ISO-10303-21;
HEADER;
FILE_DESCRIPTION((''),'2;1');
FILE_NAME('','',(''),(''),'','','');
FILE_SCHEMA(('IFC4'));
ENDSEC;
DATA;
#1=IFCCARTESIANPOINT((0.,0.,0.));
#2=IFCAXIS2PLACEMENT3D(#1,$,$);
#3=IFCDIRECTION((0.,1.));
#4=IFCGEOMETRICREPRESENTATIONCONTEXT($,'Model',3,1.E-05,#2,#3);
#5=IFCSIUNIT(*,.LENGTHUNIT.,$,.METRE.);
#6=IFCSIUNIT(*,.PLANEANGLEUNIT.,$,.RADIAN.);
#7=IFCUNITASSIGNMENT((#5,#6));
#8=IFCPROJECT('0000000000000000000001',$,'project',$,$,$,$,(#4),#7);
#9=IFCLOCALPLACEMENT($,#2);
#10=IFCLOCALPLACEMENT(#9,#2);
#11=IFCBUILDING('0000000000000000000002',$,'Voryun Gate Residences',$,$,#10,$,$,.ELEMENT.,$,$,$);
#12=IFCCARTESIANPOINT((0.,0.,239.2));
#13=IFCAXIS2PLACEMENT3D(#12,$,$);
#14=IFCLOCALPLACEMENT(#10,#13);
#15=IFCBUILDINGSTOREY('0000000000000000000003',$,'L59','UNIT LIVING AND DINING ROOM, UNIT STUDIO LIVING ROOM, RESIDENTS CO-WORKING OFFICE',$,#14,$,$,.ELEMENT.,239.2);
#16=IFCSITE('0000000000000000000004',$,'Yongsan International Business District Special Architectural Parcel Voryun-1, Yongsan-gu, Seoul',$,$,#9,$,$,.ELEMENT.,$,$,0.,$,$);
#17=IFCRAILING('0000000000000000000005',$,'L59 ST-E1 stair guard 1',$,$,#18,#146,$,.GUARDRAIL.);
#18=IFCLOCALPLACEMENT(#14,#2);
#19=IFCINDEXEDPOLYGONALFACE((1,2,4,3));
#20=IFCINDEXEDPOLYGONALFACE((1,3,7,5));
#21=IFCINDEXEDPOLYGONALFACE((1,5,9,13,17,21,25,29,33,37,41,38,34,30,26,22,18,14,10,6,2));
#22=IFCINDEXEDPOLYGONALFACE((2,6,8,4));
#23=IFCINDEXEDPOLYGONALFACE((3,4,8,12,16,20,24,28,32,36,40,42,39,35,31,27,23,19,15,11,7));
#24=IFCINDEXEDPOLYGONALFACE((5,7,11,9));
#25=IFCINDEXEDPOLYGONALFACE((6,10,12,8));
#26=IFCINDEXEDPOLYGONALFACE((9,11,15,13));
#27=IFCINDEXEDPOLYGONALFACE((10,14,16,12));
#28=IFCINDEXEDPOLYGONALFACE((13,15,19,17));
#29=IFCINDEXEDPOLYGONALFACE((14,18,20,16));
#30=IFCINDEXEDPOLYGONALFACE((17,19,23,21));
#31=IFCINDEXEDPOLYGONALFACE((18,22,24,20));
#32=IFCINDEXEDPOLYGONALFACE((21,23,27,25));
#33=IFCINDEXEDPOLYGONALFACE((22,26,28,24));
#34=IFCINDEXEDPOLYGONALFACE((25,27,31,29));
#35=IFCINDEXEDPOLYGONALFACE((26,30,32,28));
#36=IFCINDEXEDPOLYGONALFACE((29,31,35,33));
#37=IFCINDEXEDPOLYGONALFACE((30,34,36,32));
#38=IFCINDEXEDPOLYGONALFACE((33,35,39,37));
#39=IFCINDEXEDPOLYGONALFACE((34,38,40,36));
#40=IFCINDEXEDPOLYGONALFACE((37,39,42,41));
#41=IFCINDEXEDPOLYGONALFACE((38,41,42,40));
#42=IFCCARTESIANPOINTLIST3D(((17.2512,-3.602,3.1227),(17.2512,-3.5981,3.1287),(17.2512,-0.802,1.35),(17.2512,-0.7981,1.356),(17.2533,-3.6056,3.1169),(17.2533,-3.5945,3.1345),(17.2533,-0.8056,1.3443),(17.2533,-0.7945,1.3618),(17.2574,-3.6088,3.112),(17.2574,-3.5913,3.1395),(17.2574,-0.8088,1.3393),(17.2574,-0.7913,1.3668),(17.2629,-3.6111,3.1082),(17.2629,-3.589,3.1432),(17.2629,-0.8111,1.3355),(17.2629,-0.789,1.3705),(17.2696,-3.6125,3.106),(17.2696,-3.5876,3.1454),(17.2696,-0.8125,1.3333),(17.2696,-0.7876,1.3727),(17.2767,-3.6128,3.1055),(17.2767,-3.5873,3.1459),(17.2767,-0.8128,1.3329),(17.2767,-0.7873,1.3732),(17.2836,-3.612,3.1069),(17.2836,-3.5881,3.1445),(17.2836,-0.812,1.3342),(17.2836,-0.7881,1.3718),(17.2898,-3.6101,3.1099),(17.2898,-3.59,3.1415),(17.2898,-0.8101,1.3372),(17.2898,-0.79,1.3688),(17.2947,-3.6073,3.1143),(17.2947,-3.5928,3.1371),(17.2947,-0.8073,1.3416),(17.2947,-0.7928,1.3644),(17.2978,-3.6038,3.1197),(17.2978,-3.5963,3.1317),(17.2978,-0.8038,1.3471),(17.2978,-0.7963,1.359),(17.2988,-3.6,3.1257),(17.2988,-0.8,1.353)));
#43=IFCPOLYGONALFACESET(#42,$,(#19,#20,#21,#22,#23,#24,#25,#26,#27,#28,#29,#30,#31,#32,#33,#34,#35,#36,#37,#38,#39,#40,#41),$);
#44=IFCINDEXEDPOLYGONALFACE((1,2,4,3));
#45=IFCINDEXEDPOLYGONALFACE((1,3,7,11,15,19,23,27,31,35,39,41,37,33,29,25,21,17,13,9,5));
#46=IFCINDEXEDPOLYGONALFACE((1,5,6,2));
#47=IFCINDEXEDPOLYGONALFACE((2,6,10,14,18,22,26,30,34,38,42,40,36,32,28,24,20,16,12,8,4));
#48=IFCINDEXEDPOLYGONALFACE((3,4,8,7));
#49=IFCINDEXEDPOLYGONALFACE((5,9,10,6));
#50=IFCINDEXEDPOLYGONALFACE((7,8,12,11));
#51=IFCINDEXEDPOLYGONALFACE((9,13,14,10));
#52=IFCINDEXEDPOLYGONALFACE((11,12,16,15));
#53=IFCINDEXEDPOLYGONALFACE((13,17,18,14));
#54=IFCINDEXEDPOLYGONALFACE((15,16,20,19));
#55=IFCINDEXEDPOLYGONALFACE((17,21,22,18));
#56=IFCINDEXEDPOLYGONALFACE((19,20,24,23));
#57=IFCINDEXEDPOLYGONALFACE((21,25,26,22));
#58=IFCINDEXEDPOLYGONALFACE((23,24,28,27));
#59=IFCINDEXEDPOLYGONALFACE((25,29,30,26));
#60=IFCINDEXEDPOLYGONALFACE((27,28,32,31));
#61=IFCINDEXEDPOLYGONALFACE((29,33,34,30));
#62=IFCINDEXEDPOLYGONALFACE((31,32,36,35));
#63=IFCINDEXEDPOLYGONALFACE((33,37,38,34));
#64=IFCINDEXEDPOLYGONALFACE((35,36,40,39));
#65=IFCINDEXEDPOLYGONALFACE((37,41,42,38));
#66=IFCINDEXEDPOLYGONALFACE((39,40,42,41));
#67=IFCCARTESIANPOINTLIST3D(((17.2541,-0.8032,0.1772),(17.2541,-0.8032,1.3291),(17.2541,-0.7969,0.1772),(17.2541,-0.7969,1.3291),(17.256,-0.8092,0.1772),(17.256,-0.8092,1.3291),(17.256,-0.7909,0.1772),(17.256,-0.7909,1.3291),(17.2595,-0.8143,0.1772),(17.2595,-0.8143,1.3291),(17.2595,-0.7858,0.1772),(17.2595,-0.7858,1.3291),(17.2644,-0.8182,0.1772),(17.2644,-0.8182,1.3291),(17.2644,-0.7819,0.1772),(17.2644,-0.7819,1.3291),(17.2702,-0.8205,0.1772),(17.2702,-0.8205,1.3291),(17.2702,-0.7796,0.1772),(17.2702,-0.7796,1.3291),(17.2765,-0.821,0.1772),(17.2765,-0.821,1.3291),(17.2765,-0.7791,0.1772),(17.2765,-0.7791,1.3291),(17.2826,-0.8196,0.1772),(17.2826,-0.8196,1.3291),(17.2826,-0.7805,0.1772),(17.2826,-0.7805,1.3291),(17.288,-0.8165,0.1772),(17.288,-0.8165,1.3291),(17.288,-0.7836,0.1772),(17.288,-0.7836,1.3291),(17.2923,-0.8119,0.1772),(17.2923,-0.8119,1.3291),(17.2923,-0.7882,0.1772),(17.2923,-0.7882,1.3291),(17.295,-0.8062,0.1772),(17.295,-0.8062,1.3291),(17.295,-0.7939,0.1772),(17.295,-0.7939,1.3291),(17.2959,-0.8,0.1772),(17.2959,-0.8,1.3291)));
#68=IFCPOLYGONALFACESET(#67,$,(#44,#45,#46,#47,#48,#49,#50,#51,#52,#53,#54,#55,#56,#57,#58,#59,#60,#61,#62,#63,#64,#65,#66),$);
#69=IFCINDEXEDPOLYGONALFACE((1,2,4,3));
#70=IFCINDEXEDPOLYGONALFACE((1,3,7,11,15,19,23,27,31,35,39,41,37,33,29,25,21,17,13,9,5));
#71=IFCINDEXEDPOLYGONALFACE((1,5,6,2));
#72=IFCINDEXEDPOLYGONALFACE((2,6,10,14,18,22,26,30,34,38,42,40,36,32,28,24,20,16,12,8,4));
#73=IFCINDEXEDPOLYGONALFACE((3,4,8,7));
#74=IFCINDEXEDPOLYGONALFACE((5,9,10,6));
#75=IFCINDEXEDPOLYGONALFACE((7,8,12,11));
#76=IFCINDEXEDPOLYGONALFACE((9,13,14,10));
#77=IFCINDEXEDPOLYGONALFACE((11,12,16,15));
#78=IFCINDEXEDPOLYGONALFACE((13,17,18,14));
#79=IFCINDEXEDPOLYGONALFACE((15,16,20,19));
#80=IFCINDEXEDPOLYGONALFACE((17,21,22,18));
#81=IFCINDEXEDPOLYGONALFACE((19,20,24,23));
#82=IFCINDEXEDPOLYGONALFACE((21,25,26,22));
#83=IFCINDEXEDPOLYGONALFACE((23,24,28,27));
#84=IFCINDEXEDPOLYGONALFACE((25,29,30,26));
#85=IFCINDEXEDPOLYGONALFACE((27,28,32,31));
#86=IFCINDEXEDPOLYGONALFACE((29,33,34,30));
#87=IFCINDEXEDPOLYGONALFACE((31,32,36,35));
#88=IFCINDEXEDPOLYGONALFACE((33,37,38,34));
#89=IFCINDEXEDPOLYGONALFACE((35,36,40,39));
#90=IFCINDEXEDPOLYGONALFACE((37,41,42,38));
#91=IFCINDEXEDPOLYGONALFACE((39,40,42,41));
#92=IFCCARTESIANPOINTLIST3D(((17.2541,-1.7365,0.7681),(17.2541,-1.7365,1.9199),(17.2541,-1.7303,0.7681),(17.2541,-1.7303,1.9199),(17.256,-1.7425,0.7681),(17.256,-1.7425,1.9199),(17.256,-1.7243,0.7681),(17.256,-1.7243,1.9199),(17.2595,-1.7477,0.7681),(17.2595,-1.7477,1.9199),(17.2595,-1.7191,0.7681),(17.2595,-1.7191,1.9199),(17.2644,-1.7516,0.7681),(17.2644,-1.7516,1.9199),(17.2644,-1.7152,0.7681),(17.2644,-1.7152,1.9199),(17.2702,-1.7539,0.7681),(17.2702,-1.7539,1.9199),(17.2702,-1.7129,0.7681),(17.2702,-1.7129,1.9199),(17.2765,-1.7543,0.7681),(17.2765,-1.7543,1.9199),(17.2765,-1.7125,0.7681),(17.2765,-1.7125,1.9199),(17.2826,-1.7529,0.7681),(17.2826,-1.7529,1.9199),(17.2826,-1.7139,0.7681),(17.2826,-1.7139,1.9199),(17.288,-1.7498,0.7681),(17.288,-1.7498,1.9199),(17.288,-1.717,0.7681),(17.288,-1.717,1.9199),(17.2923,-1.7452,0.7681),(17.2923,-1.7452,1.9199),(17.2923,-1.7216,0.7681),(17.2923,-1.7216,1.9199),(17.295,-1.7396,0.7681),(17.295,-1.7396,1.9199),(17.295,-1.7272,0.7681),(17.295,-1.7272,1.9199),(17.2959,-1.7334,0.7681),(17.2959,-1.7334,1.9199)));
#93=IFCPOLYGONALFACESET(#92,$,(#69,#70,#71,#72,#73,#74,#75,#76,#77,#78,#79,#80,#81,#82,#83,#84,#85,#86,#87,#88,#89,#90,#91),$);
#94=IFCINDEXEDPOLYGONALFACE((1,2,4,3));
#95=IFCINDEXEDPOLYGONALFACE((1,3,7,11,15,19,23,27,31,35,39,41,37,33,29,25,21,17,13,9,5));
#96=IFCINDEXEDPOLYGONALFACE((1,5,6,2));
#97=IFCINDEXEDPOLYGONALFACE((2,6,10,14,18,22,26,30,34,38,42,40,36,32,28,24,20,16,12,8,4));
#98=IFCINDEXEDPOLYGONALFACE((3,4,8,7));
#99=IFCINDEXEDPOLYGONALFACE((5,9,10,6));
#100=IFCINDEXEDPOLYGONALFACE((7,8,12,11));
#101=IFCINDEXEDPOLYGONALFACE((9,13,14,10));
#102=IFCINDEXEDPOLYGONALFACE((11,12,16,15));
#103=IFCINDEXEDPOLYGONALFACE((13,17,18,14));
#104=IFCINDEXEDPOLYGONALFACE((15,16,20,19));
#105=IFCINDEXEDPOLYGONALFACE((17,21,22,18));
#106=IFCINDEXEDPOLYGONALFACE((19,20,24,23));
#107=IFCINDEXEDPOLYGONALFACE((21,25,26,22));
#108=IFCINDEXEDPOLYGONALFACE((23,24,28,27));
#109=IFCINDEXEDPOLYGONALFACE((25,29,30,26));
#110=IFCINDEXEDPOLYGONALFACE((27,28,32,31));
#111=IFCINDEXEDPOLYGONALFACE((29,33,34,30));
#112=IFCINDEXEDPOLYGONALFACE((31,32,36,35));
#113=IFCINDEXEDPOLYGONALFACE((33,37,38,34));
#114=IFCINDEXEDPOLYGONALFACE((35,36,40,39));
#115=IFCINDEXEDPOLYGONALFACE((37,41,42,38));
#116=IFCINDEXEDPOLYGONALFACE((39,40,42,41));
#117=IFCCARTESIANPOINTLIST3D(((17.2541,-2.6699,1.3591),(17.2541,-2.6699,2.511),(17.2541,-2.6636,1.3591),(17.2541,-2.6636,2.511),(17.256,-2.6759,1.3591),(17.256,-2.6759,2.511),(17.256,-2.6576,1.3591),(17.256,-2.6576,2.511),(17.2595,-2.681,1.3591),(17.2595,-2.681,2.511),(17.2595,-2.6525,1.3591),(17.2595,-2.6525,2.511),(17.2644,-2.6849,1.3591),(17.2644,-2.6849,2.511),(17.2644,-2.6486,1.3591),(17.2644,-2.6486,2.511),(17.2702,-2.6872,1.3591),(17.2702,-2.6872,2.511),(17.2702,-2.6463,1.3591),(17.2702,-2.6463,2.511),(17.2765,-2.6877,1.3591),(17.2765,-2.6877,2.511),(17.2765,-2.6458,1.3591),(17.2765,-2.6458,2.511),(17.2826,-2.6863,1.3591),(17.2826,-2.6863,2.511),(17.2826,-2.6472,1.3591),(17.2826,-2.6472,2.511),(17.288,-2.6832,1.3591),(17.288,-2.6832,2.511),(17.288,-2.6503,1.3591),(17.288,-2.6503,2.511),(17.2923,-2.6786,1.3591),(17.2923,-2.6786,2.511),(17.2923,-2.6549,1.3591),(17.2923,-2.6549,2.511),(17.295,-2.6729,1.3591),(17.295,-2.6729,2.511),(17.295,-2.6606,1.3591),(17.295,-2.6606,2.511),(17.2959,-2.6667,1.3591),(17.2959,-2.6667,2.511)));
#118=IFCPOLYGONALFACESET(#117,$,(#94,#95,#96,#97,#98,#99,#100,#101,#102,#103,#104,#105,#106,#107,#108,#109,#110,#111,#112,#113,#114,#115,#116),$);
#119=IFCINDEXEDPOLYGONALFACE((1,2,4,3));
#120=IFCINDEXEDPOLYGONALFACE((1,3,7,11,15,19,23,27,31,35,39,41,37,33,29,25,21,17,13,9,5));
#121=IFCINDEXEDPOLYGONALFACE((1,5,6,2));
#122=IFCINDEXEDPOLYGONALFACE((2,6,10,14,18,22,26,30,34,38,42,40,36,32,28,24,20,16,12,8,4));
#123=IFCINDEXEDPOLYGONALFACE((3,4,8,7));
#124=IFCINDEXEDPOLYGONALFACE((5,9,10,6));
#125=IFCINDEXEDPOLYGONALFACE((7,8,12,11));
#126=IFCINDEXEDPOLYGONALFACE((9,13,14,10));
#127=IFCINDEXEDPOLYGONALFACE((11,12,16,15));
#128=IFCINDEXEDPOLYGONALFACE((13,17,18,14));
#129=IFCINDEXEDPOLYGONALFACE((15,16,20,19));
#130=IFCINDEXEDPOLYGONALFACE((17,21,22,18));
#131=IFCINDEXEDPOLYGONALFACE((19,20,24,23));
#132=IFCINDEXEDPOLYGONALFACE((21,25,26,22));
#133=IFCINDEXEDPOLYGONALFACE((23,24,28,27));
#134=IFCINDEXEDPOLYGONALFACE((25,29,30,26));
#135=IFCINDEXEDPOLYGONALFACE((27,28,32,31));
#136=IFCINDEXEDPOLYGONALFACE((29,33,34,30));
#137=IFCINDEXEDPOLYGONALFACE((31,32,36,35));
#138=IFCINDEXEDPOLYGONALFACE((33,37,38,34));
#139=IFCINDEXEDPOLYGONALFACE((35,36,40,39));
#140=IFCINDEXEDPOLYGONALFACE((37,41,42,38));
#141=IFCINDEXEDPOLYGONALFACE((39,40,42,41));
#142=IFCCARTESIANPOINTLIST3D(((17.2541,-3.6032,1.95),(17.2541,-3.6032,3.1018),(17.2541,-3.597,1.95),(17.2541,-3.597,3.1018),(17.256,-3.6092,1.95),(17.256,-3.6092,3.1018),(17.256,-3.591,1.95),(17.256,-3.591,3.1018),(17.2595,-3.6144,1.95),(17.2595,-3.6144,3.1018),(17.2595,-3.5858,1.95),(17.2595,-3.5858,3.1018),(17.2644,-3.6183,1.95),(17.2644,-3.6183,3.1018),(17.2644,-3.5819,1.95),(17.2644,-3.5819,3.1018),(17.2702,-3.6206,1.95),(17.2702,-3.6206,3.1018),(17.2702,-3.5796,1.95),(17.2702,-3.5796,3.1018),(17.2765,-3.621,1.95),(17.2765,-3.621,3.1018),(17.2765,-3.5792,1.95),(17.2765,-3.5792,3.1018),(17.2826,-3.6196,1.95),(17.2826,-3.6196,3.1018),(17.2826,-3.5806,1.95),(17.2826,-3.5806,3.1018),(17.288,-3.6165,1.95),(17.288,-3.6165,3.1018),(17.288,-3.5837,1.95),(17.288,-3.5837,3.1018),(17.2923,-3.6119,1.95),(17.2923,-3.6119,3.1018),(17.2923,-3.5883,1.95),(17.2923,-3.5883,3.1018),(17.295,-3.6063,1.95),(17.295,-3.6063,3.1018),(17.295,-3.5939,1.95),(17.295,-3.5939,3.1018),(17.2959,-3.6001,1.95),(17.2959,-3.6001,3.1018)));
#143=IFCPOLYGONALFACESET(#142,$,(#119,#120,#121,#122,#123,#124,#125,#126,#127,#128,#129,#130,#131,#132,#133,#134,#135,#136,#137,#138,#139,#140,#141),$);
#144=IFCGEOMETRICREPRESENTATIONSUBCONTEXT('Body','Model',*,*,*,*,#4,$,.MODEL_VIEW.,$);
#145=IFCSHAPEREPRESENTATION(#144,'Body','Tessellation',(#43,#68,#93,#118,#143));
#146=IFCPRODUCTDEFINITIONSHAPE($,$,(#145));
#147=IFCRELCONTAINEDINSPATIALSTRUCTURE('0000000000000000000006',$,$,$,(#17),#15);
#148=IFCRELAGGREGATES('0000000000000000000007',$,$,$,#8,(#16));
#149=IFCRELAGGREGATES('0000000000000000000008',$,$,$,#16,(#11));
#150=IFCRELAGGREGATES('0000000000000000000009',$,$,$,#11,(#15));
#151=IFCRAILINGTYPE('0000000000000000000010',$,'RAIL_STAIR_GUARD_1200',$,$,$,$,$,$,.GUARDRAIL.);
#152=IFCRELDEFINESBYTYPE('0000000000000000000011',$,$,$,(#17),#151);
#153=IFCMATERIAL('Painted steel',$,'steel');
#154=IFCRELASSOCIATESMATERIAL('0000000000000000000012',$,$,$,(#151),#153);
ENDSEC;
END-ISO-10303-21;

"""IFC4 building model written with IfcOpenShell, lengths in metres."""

from ifc_helpers import new_model, si_unit, direction, frame, origin, origin_2d, place, context, subcontext, project, spatial, circle, extrude, material, type_object, element, save


model = new_model("IFC4")

# Units and contexts
model_context = context("Model", 3, precision=1e-05, world=origin(), true_north=direction((0.0, 1.0)))
body_context = subcontext(model_context, "Body", "Model", "MODEL_VIEW")
ifc_project = project(units=[si_unit("LENGTHUNIT", "METRE"), si_unit("PLANEANGLEUNIT", "RADIAN")], contexts=[model_context])

# Site, building, storey
site_placement = place(None, origin())
site = spatial("IfcSite", under=ifc_project, at=site_placement, Name="Yongsan International Business District Special Architectural Parcel Voryun-1, Yongsan-gu, Seoul", CompositionType="ELEMENT", RefElevation=0.0)
building_placement = place(site_placement, origin())
building = spatial("IfcBuilding", under=site, at=building_placement, Name="Voryun Gate Residences", CompositionType="ELEMENT")
storey_placement = place(building_placement, frame((0.0, 0.0, 239.2)))
storey = spatial("IfcBuildingStorey", under=building, at=storey_placement, Name="L59", Description="UNIT LIVING AND DINING ROOM, UNIT STUDIO LIVING ROOM, RESIDENTS CO-WORKING OFFICE", CompositionType="ELEMENT", Elevation=239.2)

# Railing
ifc_material_1 = material(Name="Painted steel", Category="steel")
railing_type_1 = type_object("IfcRailingType", Name="RAIL_STAIR_GUARD_1200", PredefinedType="GUARDRAIL", material=ifc_material_1)
railing_1_placement = place(storey_placement, frame((17.2749, -0.8, 0.1772)))
element("IfcRailing", 1, at=railing_1_placement, inside=storey, type_object=railing_type_1, Name="L59 ST-E1 stair guard 1", PredefinedType="GUARDRAIL", context=body_context, shape_type="SweptSolid", body=[
    extrude(circle(Radius=0.0239, at=origin_2d()), frame((0.0, 0.0, 1.1758), z_axis=(0.0, -0.844909, 0.53491), x_axis=(1.0, 0.0, 0.0)), (0.0, 0.0, 1.0), 3.314),
    extrude(circle(Radius=0.021, at=origin_2d()), origin(), (0.0, 0.0, 1.0), 1.1519),
    extrude(circle(Radius=0.021, at=origin_2d()), frame((0.0, -0.9333, 0.5908)), (0.0, 0.0, 1.0), 1.1519),
    extrude(circle(Radius=0.021, at=origin_2d()), frame((0.0, -1.8667, 1.1819)), (0.0, 0.0, 1.0), 1.1519),
    extrude(circle(Radius=0.021, at=origin_2d()), frame((0.0, -2.8, 1.7727)), (0.0, 0.0, 1.0), 1.1519),
])

save(model, "model.ifc")
